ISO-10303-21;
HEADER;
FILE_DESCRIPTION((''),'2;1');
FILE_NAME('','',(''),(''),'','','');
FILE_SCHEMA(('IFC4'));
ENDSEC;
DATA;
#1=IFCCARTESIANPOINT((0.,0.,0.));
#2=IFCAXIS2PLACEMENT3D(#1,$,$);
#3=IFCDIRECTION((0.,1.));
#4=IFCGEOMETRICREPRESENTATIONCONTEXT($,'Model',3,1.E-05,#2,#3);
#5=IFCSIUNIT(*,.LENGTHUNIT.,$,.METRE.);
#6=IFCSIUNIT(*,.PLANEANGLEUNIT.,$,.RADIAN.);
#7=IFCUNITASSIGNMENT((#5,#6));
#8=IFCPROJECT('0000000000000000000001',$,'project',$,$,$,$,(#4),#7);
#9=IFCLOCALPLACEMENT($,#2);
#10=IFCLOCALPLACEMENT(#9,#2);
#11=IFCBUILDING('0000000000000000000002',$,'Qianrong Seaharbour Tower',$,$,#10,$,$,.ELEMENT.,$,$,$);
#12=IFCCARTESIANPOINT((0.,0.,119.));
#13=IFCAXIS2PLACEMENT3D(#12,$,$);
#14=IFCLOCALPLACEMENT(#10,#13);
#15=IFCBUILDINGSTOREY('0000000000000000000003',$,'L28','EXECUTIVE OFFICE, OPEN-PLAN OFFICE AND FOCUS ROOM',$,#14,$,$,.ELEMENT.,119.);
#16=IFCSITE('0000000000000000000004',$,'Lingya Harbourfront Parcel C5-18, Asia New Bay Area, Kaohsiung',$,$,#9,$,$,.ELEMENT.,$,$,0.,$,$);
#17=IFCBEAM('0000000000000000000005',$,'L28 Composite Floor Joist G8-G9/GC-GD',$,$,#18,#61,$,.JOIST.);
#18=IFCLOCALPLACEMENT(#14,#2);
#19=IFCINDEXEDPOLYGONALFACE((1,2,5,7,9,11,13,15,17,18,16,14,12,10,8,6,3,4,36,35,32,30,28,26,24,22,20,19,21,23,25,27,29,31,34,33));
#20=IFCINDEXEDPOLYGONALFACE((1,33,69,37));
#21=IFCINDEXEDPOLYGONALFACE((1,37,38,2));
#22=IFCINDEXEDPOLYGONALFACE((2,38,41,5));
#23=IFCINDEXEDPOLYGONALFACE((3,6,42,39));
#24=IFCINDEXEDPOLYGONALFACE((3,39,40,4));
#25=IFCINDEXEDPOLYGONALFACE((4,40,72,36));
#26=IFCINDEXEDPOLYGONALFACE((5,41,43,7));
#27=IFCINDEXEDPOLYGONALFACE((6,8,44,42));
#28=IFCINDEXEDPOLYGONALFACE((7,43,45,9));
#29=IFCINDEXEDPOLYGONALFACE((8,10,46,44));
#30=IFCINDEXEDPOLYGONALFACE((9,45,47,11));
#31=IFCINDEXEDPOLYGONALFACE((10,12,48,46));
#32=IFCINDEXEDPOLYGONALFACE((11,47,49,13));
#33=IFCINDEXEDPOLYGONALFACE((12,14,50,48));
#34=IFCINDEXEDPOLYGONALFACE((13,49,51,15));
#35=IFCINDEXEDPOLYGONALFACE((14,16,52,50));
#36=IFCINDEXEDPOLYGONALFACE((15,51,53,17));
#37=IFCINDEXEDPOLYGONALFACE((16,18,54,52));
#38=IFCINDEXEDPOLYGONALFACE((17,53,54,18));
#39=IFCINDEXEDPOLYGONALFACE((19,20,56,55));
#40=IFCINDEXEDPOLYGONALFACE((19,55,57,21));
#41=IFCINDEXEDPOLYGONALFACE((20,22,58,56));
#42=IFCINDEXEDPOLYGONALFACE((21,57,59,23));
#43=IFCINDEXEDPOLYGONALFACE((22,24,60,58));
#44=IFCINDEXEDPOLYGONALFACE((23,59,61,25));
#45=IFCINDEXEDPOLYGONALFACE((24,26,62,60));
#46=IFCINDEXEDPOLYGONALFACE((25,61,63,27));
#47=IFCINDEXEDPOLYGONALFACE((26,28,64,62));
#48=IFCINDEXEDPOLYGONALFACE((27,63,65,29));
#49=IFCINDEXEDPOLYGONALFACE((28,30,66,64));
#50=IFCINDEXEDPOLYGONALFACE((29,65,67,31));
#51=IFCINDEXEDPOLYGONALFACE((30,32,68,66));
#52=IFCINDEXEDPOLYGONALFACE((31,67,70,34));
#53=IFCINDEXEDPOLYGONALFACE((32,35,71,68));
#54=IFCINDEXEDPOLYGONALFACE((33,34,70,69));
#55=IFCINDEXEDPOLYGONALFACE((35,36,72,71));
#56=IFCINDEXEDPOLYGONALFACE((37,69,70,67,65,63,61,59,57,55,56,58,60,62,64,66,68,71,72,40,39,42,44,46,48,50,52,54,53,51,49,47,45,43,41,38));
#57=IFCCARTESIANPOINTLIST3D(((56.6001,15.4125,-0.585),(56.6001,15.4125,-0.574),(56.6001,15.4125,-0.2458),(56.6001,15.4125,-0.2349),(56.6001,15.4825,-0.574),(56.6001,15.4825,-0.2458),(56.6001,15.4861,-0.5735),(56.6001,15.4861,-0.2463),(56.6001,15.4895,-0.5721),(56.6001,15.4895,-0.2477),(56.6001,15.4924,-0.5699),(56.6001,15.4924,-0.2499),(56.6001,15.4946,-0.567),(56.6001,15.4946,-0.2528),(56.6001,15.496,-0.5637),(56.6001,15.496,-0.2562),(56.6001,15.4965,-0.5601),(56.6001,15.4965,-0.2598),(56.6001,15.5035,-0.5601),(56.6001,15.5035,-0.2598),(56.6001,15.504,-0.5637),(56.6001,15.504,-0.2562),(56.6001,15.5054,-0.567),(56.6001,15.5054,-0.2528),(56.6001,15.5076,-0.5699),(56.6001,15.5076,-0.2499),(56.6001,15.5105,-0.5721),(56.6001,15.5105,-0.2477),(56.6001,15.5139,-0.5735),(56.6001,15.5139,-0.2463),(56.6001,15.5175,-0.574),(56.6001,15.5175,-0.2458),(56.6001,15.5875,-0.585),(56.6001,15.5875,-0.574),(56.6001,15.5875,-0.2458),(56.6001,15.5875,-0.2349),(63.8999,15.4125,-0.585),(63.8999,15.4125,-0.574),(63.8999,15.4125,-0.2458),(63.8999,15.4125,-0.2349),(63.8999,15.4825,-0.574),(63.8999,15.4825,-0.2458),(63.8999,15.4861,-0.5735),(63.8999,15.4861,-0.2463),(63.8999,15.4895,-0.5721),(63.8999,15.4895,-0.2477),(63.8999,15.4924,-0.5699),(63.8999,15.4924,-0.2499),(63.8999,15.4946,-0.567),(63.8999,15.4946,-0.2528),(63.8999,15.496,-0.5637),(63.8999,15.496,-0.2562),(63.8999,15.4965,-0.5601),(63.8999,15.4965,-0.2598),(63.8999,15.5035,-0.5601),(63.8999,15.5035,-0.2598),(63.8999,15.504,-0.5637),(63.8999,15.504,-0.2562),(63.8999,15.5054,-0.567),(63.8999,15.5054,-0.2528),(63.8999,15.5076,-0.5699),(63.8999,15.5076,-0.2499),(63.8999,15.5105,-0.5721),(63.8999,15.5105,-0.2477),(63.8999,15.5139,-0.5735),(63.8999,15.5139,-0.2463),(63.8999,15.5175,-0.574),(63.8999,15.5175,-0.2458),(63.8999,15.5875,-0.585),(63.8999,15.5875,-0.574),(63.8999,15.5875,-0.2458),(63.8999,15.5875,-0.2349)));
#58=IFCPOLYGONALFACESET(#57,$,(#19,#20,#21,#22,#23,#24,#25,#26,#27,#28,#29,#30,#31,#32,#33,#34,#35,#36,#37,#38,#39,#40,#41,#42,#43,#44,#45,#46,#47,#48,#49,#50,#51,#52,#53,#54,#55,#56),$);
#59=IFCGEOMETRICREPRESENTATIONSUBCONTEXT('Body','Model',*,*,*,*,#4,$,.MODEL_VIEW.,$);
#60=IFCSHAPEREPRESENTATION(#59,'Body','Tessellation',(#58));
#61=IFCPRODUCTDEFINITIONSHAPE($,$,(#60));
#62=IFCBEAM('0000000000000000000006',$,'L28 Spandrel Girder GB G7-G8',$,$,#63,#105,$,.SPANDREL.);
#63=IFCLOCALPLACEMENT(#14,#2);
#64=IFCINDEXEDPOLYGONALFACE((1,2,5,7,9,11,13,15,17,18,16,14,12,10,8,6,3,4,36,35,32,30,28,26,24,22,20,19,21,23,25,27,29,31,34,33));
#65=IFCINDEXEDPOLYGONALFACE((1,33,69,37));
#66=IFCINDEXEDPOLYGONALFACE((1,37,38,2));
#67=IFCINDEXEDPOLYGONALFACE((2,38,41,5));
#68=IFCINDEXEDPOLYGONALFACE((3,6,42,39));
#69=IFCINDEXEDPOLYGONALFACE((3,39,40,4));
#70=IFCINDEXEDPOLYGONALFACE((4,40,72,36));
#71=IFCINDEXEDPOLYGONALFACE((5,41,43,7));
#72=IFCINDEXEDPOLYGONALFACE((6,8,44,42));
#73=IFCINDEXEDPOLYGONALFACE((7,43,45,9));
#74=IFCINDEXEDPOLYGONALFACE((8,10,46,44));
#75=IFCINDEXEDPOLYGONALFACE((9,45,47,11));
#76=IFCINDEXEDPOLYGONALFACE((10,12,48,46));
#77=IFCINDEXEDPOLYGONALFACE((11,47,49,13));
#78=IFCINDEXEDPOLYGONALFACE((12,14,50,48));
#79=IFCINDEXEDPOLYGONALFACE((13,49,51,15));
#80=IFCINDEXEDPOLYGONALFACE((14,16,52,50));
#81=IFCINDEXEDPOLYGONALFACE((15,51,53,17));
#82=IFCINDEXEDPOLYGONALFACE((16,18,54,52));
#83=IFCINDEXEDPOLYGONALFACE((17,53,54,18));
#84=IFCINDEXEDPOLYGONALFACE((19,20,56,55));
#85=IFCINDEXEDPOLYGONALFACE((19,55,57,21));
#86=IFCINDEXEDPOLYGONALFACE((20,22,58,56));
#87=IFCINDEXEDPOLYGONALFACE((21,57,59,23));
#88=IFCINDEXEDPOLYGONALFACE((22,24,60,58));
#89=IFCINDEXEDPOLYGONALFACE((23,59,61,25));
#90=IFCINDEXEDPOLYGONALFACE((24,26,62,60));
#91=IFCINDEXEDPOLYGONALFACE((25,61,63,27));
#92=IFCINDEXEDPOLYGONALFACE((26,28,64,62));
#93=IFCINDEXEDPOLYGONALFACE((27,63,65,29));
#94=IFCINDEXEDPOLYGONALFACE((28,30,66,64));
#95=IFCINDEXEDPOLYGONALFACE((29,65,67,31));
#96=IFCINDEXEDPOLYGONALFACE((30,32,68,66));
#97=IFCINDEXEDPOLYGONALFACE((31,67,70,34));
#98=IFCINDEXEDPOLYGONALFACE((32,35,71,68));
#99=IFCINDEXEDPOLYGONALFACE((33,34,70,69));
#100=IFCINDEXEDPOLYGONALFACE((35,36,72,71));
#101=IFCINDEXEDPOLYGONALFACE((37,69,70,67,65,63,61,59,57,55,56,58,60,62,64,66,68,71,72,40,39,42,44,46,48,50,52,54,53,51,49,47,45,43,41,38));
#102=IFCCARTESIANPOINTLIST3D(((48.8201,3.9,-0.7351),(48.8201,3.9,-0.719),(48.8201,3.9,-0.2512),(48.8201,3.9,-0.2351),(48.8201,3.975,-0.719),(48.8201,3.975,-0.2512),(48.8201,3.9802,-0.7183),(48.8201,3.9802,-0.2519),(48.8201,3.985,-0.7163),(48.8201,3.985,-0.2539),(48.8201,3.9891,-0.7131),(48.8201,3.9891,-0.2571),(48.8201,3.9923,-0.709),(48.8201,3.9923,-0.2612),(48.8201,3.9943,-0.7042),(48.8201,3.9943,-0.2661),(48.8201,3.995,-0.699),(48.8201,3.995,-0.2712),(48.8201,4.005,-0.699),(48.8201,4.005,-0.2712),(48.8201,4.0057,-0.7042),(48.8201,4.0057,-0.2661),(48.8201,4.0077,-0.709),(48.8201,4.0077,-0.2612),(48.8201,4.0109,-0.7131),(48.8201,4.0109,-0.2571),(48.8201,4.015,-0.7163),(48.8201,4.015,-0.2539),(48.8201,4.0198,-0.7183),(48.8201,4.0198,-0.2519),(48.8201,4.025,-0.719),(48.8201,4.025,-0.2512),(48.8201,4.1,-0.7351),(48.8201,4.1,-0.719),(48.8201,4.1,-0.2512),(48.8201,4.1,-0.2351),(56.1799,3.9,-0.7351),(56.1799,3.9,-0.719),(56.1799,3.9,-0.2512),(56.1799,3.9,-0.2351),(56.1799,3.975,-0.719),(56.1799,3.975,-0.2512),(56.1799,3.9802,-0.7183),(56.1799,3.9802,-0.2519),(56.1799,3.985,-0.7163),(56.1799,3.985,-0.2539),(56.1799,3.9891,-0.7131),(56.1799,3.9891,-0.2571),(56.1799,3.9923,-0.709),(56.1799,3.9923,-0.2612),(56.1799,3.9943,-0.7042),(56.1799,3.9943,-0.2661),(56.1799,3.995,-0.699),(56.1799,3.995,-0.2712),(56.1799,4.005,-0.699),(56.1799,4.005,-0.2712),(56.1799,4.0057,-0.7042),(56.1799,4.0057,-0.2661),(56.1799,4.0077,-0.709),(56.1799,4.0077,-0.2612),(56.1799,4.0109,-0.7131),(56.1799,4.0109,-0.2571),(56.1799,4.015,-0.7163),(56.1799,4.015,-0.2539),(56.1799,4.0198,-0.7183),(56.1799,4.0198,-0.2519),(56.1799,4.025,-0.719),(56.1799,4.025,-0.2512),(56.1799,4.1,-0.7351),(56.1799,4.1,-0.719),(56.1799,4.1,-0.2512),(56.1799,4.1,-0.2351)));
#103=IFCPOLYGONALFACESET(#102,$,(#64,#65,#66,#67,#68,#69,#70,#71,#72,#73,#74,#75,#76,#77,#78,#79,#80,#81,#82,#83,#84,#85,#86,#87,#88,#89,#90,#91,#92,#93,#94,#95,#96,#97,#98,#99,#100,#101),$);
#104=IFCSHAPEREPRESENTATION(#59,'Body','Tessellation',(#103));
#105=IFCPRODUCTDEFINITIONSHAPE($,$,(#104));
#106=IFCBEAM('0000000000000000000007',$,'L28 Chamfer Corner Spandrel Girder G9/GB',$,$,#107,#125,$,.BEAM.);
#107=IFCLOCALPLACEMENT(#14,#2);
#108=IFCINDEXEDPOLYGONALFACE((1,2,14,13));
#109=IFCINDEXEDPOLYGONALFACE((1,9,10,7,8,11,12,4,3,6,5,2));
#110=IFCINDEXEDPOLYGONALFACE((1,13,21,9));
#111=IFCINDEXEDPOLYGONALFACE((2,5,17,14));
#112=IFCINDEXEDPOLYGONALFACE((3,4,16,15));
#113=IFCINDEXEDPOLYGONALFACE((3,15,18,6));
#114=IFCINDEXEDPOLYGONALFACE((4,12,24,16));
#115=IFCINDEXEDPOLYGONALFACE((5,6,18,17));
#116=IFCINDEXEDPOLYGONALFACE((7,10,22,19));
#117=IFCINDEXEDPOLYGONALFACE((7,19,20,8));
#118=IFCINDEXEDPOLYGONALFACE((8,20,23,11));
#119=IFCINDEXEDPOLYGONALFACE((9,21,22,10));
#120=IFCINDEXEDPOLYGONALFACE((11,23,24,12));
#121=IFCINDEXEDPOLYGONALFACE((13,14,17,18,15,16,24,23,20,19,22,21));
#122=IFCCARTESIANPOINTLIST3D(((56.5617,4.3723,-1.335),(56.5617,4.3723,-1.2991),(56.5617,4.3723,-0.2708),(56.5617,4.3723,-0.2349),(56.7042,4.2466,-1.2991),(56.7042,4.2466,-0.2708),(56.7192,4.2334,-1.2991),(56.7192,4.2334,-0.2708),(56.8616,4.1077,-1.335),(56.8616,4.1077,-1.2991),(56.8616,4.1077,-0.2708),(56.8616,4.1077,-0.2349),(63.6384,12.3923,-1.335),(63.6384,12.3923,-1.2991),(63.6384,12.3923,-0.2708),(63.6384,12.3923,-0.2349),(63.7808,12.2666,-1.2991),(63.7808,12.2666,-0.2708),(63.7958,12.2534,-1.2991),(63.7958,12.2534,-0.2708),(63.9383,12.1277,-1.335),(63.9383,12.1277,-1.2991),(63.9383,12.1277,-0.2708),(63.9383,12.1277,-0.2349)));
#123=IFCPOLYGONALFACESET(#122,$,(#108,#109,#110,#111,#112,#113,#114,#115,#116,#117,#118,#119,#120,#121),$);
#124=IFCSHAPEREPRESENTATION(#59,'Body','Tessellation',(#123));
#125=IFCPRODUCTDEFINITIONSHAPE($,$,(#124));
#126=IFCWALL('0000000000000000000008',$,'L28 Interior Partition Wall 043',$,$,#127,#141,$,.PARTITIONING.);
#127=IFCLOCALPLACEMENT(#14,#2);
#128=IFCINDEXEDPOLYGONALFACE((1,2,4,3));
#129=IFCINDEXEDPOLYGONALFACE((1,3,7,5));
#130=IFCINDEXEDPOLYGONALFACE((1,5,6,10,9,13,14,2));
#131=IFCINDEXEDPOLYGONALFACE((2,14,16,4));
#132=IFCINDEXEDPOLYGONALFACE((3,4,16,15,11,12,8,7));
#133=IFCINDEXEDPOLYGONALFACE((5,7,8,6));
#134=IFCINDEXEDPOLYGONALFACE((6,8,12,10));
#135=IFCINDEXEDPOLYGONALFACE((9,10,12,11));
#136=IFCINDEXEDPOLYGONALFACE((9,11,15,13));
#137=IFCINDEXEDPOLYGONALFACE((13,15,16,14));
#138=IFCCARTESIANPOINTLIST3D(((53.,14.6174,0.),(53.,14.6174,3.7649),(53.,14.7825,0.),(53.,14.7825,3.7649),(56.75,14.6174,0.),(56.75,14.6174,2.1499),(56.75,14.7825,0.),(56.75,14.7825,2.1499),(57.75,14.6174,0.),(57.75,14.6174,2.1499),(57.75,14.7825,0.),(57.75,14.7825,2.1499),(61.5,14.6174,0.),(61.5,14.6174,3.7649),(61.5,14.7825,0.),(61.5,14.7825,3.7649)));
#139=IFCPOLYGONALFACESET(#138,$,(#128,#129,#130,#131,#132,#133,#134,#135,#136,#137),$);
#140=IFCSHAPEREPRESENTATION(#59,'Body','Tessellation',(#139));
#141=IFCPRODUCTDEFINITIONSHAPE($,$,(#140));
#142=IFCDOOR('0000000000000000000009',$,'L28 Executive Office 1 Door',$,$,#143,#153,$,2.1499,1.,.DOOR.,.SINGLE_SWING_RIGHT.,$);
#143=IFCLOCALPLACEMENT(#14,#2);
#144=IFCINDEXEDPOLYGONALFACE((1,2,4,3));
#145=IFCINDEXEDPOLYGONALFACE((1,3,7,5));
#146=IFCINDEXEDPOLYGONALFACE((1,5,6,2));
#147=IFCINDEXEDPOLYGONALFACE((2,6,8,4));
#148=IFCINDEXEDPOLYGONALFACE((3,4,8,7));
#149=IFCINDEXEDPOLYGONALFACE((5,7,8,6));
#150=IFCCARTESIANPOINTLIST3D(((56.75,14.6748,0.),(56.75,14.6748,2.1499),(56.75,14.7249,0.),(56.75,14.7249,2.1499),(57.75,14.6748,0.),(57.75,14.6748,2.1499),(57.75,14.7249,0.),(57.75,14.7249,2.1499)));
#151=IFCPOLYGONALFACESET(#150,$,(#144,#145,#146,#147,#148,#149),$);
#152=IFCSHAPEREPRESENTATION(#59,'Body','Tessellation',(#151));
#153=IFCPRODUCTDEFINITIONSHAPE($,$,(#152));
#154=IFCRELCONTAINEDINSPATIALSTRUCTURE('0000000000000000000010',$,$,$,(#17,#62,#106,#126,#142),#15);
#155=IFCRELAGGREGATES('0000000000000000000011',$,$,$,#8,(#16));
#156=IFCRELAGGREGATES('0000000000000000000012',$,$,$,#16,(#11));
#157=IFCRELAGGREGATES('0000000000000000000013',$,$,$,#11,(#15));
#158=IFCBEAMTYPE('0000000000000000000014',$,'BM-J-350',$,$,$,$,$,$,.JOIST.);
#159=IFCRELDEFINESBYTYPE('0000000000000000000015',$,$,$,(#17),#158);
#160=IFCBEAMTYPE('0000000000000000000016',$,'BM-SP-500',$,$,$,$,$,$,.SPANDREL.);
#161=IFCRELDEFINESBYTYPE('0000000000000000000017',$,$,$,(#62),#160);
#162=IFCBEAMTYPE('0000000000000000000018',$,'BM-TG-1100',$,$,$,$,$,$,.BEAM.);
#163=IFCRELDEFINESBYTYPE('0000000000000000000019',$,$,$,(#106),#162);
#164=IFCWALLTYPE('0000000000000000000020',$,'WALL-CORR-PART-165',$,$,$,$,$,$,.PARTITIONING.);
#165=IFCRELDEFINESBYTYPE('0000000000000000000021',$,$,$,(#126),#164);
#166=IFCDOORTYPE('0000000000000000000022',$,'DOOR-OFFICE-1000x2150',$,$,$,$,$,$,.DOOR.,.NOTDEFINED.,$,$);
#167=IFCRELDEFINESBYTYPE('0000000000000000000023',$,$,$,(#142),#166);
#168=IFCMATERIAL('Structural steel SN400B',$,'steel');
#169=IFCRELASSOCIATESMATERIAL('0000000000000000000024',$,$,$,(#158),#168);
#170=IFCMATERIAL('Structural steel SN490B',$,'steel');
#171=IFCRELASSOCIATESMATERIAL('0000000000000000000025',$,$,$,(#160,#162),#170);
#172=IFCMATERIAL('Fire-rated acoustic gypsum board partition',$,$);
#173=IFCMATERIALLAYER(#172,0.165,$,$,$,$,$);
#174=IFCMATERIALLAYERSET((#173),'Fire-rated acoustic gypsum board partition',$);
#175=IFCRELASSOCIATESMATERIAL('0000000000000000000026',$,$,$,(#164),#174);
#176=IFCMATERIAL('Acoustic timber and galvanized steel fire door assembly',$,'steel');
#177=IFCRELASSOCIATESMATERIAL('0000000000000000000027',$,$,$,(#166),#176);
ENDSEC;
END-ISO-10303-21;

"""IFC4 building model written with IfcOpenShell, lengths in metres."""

from ifc_helpers import new_model, si_unit, direction, frame, frame_2d, origin, origin_2d, place, context, subcontext, project, spatial, rectangle, i_section, extrude, material, layer, layer_set, material_profile, profile_set, type_object, element, fill, save


model = new_model("IFC4")

# Units and contexts
model_context = context("Model", 3, precision=1e-05, world=origin(), true_north=direction((0.0, 1.0)))
body_context = subcontext(model_context, "Body", "Model", "MODEL_VIEW")
ifc_project = project(units=[si_unit("LENGTHUNIT", "METRE"), si_unit("PLANEANGLEUNIT", "RADIAN")], contexts=[model_context])

# Site, building, storey
site_placement = place(None, origin())
site = spatial("IfcSite", under=ifc_project, at=site_placement, Name="Lingya Harbourfront Parcel C5-18, Asia New Bay Area, Kaohsiung", CompositionType="ELEMENT", RefElevation=0.0)
building_placement = place(site_placement, origin())
building = spatial("IfcBuilding", under=site, at=building_placement, Name="Qianrong Seaharbour Tower", CompositionType="ELEMENT")
storey_placement = place(building_placement, frame((0.0, 0.0, 119.0)))
storey = spatial("IfcBuildingStorey", under=building, at=storey_placement, Name="L28", Description="EXECUTIVE OFFICE, OPEN-PLAN OFFICE AND FOCUS ROOM", CompositionType="ELEMENT", Elevation=119.0)

# Shared definitions
ifc_material_1 = material(Name="Structural steel SN490B", Category="steel")

# Beams
ifc_material_2 = material(Name="Structural steel SN400B", Category="steel")
ifc_material_profile_1 = material_profile(ifc_material_2, i_section(OverallWidth=0.175, OverallDepth=0.3501, WebThickness=0.0071, FlangeThickness=0.011, FilletRadius=0.0139, at=origin_2d()), Name="H350x175x7x11")
ifc_profile_set_1 = profile_set([ifc_material_profile_1], Name="Structural steel SN400B")
beam_type_1 = type_object("IfcBeamType", Name="BM-J-350", PredefinedType="JOIST", material=ifc_profile_set_1)
beam_1_placement = place(storey_placement, frame((56.6001, 15.5, -0.4099), z_axis=(1.0, 0.0, 0.0), x_axis=(0.0, 1.0, 0.0)))
element("IfcBeam", 1, at=beam_1_placement, inside=storey, type_object=beam_type_1, Name="L28 Composite Floor Joist G8-G9/GC-GD", PredefinedType="JOIST", context=body_context, shape_type="SweptSolid", body=[
    extrude(i_section(OverallWidth=0.175, OverallDepth=0.3501, WebThickness=0.0071, FlangeThickness=0.011, FilletRadius=0.0139, at=origin_2d()), origin(), (0.0, 0.0, 1.0), 7.2998),
])
ifc_material_profile_2 = material_profile(ifc_material_1, i_section(OverallWidth=0.2, OverallDepth=0.5, WebThickness=0.01, FlangeThickness=0.0161, FilletRadius=0.02, at=origin_2d()), Name="H500x200x10x16")
ifc_profile_set_2 = profile_set([ifc_material_profile_2], Name="Structural steel SN490B")
beam_type_2 = type_object("IfcBeamType", Name="BM-SP-500", PredefinedType="SPANDREL", material=ifc_profile_set_2)
beam_2_placement = place(storey_placement, frame((48.8201, 4.0, -0.4851), z_axis=(1.0, 0.0, 0.0), x_axis=(0.0, 1.0, 0.0)))
element("IfcBeam", 2, at=beam_2_placement, inside=storey, type_object=beam_type_2, Name="L28 Spandrel Girder GB G7-G8", PredefinedType="SPANDREL", context=body_context, shape_type="SweptSolid", body=[
    extrude(i_section(OverallWidth=0.2, OverallDepth=0.5, WebThickness=0.01, FlangeThickness=0.0161, FilletRadius=0.02, at=origin_2d()), origin(), (0.0, 0.0, 1.0), 7.3599),
])
ifc_material_profile_3 = material_profile(ifc_material_1, i_section(OverallWidth=0.3999, OverallDepth=1.1001, WebThickness=0.02, FlangeThickness=0.0359, at=origin_2d()), Name="BH1100x400x20x36")
ifc_profile_set_3 = profile_set([ifc_material_profile_3], Name="Structural steel SN490B")
beam_type_3 = type_object("IfcBeamType", Name="BM-TG-1100", PredefinedType="BEAM", material=ifc_profile_set_3)
beam_3_placement = place(storey_placement, frame((56.7117, 4.24, -0.7849), z_axis=(0.661631, 0.74983, 0.0), x_axis=(-0.74983, 0.661631, 0.0)))
element("IfcBeam", 3, at=beam_3_placement, inside=storey, type_object=beam_type_3, Name="L28 Chamfer Corner Spandrel Girder G9/GB", PredefinedType="BEAM", context=body_context, shape_type="SweptSolid", body=[
    extrude(i_section(OverallWidth=0.3999, OverallDepth=1.1001, WebThickness=0.02, FlangeThickness=0.0359, at=origin_2d()), origin(), (0.0, 0.0, 1.0), 10.6958),
])

# Wall, opening, door
ifc_material_3 = material(Name="Fire-rated acoustic gypsum board partition")
ifc_layer_1 = layer(ifc_material_3, 0.165)
ifc_layer_set_1 = layer_set([ifc_layer_1], Name="Fire-rated acoustic gypsum board partition")
wall_type_1 = type_object("IfcWallType", Name="WALL-CORR-PART-165", PredefinedType="PARTITIONING", material=ifc_layer_set_1)
ifc_material_4 = material(Name="Acoustic timber and galvanized steel fire door assembly", Category="steel")
door_type_1 = type_object("IfcDoorType", Name="DOOR-OFFICE-1000x2150", OperationType="NOTDEFINED", PredefinedType="DOOR", material=ifc_material_4)
wall_1_placement = place(storey_placement, frame((53.0, 14.7, 0.0), z_axis=(0.0, 0.0, 1.0), x_axis=(1.0, 0.0, 0.0)))
wall_1 = element("IfcWall", 4, at=wall_1_placement, inside=storey, type_object=wall_type_1, Name="L28 Interior Partition Wall 043", PredefinedType="PARTITIONING", context=body_context, shape_type="SweptSolid", body=[
    extrude(rectangle(XDim=8.5, YDim=0.165, at=frame_2d((4.25, 0.0))), origin(), (0.0, 0.0, 1.0), 3.7649),
])
opening_1_placement = place(wall_1_placement, frame((3.75, 0.0, 0.0)))
opening_1 = element("IfcOpeningElement", 5, at=opening_1_placement, cuts=wall_1, PredefinedType="OPENING", context=body_context, shape_type="SweptSolid", body=[
    extrude(rectangle(XDim=1.0, YDim=2.1499, at=frame_2d((0.5, 1.075))), frame((0.0, 0.0925, 0.0), z_axis=(0.0, -1.0, 0.0), x_axis=(1.0, 0.0, 0.0)), (0.0, 0.0, 1.0), 0.1851),
])
door_1_placement = place(opening_1_placement, origin())
door_1 = element("IfcDoor", 6, at=door_1_placement, inside=storey, type_object=door_type_1, Name="L28 Executive Office 1 Door", OperationType="SINGLE_SWING_RIGHT", OverallHeight=2.1499, OverallWidth=1.0, PredefinedType="DOOR", context=body_context, shape_type="SweptSolid", body=[
    extrude(rectangle(XDim=1.0, YDim=2.1499, at=frame_2d((0.5, 1.075))), frame((0.0, 0.0249, 0.0), z_axis=(0.0, -1.0, 0.0), x_axis=(1.0, 0.0, 0.0)), (0.0, 0.0, 1.0), 0.05),
])
fill(opening_1, door_1)

save(model, "model.ifc")
